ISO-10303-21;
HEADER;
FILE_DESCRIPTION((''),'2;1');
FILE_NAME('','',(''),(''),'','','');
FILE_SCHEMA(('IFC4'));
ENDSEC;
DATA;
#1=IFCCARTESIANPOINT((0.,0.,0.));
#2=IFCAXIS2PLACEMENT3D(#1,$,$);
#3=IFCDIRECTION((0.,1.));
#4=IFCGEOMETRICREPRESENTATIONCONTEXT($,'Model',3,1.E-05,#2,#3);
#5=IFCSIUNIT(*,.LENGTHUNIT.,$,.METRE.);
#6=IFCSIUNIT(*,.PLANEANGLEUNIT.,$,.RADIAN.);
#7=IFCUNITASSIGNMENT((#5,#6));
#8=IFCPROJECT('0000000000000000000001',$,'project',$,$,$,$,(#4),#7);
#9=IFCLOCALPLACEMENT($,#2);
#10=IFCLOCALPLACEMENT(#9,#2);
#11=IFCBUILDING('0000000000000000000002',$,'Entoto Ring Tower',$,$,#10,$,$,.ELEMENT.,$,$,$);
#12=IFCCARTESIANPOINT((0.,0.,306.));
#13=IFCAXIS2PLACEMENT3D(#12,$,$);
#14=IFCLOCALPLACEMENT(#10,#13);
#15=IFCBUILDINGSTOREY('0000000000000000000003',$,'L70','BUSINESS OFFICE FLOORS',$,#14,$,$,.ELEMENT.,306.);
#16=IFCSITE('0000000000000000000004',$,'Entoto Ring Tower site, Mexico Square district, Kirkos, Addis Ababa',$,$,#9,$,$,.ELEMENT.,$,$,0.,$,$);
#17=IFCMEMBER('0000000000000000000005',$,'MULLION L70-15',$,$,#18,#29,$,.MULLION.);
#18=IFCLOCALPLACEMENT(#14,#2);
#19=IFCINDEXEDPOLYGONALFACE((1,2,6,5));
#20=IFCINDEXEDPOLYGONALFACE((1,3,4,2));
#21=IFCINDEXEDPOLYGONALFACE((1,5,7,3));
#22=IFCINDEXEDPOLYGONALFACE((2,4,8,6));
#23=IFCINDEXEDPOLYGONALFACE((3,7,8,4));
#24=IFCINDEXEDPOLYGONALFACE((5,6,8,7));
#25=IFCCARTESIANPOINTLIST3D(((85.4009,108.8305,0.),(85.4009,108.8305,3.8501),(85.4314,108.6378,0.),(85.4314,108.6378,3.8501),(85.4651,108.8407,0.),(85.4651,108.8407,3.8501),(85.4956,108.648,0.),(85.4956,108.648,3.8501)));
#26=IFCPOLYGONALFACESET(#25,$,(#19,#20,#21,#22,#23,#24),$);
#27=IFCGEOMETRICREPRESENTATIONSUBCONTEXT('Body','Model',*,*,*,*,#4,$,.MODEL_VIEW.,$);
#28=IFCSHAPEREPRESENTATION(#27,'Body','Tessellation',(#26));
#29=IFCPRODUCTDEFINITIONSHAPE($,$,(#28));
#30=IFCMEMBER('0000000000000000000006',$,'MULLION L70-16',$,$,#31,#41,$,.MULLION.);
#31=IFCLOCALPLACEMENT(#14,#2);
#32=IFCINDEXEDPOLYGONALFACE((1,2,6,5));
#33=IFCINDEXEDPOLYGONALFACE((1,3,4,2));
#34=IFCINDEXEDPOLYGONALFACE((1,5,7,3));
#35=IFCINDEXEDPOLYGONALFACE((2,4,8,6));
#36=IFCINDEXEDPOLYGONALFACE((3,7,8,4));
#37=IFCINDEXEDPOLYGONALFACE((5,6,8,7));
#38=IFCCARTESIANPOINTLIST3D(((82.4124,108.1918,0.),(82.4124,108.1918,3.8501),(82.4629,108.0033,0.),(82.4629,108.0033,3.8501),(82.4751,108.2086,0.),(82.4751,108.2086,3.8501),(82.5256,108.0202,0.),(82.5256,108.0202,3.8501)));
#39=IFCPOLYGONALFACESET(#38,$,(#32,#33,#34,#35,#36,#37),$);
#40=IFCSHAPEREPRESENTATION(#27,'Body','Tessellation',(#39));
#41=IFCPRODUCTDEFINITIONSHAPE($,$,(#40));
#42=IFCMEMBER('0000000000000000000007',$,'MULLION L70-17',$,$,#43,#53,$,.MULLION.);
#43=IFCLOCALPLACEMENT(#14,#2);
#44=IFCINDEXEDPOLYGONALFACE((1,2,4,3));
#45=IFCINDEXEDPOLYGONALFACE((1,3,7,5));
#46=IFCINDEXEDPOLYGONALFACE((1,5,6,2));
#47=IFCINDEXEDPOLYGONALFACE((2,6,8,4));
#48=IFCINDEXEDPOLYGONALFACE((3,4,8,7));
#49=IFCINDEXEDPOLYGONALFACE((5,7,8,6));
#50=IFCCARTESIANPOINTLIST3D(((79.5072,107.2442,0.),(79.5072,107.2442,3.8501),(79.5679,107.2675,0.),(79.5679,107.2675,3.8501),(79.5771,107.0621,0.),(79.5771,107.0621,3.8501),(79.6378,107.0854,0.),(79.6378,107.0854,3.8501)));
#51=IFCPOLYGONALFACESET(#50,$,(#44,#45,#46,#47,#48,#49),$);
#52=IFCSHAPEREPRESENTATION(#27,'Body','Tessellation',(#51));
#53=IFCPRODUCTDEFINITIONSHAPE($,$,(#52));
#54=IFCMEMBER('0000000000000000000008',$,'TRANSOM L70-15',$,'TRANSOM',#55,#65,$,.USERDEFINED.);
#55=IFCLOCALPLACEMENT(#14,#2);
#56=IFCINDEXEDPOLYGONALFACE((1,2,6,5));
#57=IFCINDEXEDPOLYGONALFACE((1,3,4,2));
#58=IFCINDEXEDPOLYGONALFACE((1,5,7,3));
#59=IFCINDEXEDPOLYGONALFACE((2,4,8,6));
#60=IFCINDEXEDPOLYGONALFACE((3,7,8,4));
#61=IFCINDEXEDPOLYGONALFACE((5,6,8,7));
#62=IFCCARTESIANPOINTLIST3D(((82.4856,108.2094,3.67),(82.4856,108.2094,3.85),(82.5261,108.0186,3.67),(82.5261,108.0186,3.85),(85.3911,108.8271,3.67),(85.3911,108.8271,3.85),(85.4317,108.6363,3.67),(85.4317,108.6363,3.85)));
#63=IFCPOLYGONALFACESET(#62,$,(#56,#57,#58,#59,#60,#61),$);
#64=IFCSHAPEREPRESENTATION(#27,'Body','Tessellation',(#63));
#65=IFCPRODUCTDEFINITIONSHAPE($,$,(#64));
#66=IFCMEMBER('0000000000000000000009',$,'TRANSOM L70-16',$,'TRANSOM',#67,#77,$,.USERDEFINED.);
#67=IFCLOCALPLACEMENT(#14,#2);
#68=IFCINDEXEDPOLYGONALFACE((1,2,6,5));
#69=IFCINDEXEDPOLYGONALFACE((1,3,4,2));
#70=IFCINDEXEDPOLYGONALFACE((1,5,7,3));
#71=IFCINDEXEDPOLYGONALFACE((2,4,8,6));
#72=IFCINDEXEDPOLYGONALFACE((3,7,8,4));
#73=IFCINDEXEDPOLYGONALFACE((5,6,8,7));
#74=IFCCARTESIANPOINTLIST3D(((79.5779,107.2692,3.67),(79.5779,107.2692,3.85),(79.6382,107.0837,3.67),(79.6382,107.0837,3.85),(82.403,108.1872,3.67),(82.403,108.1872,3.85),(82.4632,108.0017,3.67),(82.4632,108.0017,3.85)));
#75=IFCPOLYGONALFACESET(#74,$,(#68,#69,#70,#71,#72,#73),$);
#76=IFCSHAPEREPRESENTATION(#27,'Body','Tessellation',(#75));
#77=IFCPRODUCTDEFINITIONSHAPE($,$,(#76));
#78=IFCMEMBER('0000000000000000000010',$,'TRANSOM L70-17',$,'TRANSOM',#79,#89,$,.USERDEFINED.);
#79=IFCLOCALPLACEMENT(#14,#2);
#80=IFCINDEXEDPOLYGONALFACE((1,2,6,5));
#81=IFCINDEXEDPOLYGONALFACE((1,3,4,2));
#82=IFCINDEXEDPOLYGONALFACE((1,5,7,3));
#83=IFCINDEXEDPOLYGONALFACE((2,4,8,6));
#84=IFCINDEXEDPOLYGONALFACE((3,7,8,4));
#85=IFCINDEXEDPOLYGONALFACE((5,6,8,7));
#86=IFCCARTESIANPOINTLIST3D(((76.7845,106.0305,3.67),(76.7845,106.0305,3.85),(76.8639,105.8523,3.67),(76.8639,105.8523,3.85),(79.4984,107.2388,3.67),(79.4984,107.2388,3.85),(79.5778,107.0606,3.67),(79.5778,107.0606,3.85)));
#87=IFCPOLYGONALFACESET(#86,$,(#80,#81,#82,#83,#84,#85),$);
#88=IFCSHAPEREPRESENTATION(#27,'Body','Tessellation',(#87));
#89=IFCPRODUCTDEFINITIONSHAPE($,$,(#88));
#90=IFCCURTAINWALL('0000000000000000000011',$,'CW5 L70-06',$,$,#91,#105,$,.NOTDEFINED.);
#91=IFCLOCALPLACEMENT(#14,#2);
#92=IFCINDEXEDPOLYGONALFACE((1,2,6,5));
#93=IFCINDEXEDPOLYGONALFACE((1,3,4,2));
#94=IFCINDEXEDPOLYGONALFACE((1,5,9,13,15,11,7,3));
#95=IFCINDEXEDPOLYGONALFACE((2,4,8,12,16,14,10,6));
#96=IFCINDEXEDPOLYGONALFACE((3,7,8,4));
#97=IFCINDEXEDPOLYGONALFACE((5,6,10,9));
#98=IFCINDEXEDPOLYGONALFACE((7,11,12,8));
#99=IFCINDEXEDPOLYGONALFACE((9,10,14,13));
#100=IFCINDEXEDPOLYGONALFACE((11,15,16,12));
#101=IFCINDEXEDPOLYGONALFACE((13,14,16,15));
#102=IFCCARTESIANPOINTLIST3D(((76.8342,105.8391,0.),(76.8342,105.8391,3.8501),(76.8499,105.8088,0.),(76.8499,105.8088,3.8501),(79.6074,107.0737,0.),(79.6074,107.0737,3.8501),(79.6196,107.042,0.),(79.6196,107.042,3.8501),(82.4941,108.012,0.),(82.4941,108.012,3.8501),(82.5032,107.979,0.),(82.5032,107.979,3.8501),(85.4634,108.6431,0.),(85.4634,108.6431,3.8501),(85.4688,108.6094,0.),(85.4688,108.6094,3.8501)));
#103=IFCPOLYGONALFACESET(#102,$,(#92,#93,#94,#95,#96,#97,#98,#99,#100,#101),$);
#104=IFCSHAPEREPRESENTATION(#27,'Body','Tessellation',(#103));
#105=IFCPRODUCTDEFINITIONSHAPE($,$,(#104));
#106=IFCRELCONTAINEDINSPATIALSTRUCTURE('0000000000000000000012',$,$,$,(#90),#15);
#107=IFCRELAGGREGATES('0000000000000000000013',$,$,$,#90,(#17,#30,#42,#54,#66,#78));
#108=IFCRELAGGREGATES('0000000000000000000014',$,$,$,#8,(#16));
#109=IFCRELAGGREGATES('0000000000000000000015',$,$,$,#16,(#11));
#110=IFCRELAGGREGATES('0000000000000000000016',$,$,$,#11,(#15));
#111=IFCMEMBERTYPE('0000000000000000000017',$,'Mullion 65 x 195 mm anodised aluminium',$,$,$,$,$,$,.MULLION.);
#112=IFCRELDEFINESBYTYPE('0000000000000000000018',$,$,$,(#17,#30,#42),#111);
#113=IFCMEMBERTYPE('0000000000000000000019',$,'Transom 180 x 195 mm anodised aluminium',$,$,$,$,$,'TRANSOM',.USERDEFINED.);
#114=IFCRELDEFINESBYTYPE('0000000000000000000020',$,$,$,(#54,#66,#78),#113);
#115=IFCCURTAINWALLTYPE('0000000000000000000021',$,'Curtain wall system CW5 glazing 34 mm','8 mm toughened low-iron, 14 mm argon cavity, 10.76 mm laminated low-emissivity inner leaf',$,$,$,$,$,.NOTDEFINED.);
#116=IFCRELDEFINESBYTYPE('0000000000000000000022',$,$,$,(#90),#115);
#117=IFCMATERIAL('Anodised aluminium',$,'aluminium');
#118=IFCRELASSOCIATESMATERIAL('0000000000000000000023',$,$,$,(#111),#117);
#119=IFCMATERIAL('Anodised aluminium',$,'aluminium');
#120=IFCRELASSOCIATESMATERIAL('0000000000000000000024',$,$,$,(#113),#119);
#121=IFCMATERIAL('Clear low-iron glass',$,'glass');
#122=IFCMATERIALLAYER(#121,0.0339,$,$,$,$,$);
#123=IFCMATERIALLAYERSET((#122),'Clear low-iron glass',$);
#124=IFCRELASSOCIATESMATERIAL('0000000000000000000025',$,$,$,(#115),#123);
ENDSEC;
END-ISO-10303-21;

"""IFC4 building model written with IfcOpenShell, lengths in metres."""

from ifc_helpers import new_model, si_unit, direction, frame, origin, origin_2d, place, context, subcontext, project, spatial, polyline, rectangle, outline, extrude, material, layer, layer_set, material_profile, profile_set, type_object, element, aggregate, save


model = new_model("IFC4")

# Units and contexts
model_context = context("Model", 3, precision=1e-05, world=origin(), true_north=direction((0.0, 1.0)))
body_context = subcontext(model_context, "Body", "Model", "MODEL_VIEW")
ifc_project = project(units=[si_unit("LENGTHUNIT", "METRE"), si_unit("PLANEANGLEUNIT", "RADIAN")], contexts=[model_context])

# Members
ifc_material_1 = material(Name="Anodised aluminium", Category="aluminium")
ifc_material_profile_1 = material_profile(ifc_material_1, rectangle(XDim=0.0649, YDim=0.1951, at=origin_2d()), Name="Mullion 65 x 195 mm anodised aluminium")
ifc_profile_set_1 = profile_set([ifc_material_profile_1], Name="Anodised aluminium")
member_type_1 = type_object("IfcMemberType", Name="Mullion 65 x 195 mm anodised aluminium", PredefinedType="MULLION", material=ifc_profile_set_1)
site_placement = place(None, origin())
building_placement = place(site_placement, origin())
storey_placement = place(building_placement, frame((0.0, 0.0, 306.0)))
member_1_placement = place(storey_placement, frame((85.4482, 108.7393, 0.0), z_axis=(0.0, 0.0, 1.0), x_axis=(-0.987688, -0.156434, 0.0)))
member_1 = element("IfcMember", 1, at=member_1_placement, type_object=member_type_1, Name="MULLION L70-15", PredefinedType="MULLION", context=body_context, shape_type="SweptSolid", body=[
    extrude(rectangle(XDim=0.0649, YDim=0.1951, at=origin_2d()), origin(), (0.0, 0.0, 1.0), 3.8501),
])
member_2_placement = place(storey_placement, frame((82.469, 108.106, 0.0), z_axis=(0.0, 0.0, 1.0), x_axis=(-0.965926, -0.258819, 0.0)))
member_2 = element("IfcMember", 2, at=member_2_placement, type_object=member_type_1, Name="MULLION L70-16", PredefinedType="MULLION", context=body_context, shape_type="SweptSolid", body=[
    extrude(rectangle(XDim=0.0649, YDim=0.1951, at=origin_2d()), origin(), (0.0, 0.0, 1.0), 3.8501),
])
member_3_placement = place(storey_placement, frame((79.5725, 107.1648, 0.0), z_axis=(0.0, 0.0, 1.0), x_axis=(-0.93358, -0.358368, 0.0)))
member_3 = element("IfcMember", 3, at=member_3_placement, type_object=member_type_1, Name="MULLION L70-17", PredefinedType="MULLION", context=body_context, shape_type="SweptSolid", body=[
    extrude(rectangle(XDim=0.0649, YDim=0.1951, at=origin_2d()), origin(), (0.0, 0.0, 1.0), 3.8501),
])
ifc_material_2 = material(Name="Anodised aluminium", Category="aluminium")
ifc_material_profile_2 = material_profile(ifc_material_2, rectangle(XDim=0.1951, YDim=0.1799, at=origin_2d()), Name="Transom 180 x 195 mm anodised aluminium")
ifc_profile_set_2 = profile_set([ifc_material_profile_2], Name="Anodised aluminium")
member_type_2 = type_object("IfcMemberType", Name="Transom 180 x 195 mm anodised aluminium", ElementType="TRANSOM", PredefinedType="USERDEFINED", material=ifc_profile_set_2)
member_4_placement = place(storey_placement, frame((85.4114, 108.7317, 3.76), z_axis=(-0.978142, -0.20794, 0.0), x_axis=(0.20794, -0.978142, 0.0)))
member_4 = element("IfcMember", 4, at=member_4_placement, type_object=member_type_2, Name="TRANSOM L70-15", ObjectType="TRANSOM", PredefinedType="USERDEFINED", context=body_context, shape_type="SweptSolid", body=[
    extrude(rectangle(XDim=0.1951, YDim=0.1799, at=origin_2d()), origin(), (0.0, 0.0, 1.0), 2.9705),
])
member_5_placement = place(storey_placement, frame((82.4331, 108.0945, 3.76), z_axis=(-0.951048, -0.309043, 0.0), x_axis=(0.309043, -0.951048, 0.0)))
member_5 = element("IfcMember", 5, at=member_5_placement, type_object=member_type_2, Name="TRANSOM L70-16", ObjectType="TRANSOM", PredefinedType="USERDEFINED", context=body_context, shape_type="SweptSolid", body=[
    extrude(rectangle(XDim=0.1951, YDim=0.1799, at=origin_2d()), origin(), (0.0, 0.0, 1.0), 2.9705),
])
member_6_placement = place(storey_placement, frame((79.5381, 107.1497, 3.76), z_axis=(-0.91355, -0.406726, 0.0), x_axis=(0.406726, -0.91355, 0.0)))
member_6 = element("IfcMember", 6, at=member_6_placement, type_object=member_type_2, Name="TRANSOM L70-17", ObjectType="TRANSOM", PredefinedType="USERDEFINED", context=body_context, shape_type="SweptSolid", body=[
    extrude(rectangle(XDim=0.1951, YDim=0.1799, at=origin_2d()), origin(), (0.0, 0.0, 1.0), 2.9707),
])

# Site, building, storey
site = spatial("IfcSite", under=ifc_project, at=site_placement, Name="Entoto Ring Tower site, Mexico Square district, Kirkos, Addis Ababa", CompositionType="ELEMENT", RefElevation=0.0)
building = spatial("IfcBuilding", under=site, at=building_placement, Name="Entoto Ring Tower", CompositionType="ELEMENT")
storey = spatial("IfcBuildingStorey", under=building, at=storey_placement, Name="L70", Description="BUSINESS OFFICE FLOORS", CompositionType="ELEMENT", Elevation=306.0)

# Curtain wall
ifc_material_3 = material(Name="Clear low-iron glass", Category="glass")
ifc_layer = layer(ifc_material_3, 0.0339)
ifc_layer_set = layer_set([ifc_layer], Name="Clear low-iron glass")
curtain_wall_type = type_object("IfcCurtainWallType", Name="Curtain wall system CW5 glazing 34 mm", Description="8 mm toughened low-iron, 14 mm argon cavity, 10.76 mm laminated low-emissivity inner leaf", PredefinedType="NOTDEFINED", material=ifc_layer_set)
curtain_wall_1_placement = place(storey_placement, origin())
curtain_wall_1 = element("IfcCurtainWall", 7, at=curtain_wall_1_placement, inside=storey, type_object=curtain_wall_type, Name="CW5 L70-06", PredefinedType="NOTDEFINED", context=body_context, shape_type="SweptSolid", body=[
    extrude(outline(polyline([(85.4634, 108.6431), (82.4941, 108.012), (79.6074, 107.0737), (76.8342, 105.8391), (76.8499, 105.8088), (79.6196, 107.042), (82.5032, 107.979), (85.4688, 108.6094), (85.4634, 108.6431)])), origin(), (0.0, 0.0, 1.0), 3.8501),
])
aggregate(curtain_wall_1, [member_1, member_2, member_3, member_4, member_5, member_6])

save(model, "model.ifc")
